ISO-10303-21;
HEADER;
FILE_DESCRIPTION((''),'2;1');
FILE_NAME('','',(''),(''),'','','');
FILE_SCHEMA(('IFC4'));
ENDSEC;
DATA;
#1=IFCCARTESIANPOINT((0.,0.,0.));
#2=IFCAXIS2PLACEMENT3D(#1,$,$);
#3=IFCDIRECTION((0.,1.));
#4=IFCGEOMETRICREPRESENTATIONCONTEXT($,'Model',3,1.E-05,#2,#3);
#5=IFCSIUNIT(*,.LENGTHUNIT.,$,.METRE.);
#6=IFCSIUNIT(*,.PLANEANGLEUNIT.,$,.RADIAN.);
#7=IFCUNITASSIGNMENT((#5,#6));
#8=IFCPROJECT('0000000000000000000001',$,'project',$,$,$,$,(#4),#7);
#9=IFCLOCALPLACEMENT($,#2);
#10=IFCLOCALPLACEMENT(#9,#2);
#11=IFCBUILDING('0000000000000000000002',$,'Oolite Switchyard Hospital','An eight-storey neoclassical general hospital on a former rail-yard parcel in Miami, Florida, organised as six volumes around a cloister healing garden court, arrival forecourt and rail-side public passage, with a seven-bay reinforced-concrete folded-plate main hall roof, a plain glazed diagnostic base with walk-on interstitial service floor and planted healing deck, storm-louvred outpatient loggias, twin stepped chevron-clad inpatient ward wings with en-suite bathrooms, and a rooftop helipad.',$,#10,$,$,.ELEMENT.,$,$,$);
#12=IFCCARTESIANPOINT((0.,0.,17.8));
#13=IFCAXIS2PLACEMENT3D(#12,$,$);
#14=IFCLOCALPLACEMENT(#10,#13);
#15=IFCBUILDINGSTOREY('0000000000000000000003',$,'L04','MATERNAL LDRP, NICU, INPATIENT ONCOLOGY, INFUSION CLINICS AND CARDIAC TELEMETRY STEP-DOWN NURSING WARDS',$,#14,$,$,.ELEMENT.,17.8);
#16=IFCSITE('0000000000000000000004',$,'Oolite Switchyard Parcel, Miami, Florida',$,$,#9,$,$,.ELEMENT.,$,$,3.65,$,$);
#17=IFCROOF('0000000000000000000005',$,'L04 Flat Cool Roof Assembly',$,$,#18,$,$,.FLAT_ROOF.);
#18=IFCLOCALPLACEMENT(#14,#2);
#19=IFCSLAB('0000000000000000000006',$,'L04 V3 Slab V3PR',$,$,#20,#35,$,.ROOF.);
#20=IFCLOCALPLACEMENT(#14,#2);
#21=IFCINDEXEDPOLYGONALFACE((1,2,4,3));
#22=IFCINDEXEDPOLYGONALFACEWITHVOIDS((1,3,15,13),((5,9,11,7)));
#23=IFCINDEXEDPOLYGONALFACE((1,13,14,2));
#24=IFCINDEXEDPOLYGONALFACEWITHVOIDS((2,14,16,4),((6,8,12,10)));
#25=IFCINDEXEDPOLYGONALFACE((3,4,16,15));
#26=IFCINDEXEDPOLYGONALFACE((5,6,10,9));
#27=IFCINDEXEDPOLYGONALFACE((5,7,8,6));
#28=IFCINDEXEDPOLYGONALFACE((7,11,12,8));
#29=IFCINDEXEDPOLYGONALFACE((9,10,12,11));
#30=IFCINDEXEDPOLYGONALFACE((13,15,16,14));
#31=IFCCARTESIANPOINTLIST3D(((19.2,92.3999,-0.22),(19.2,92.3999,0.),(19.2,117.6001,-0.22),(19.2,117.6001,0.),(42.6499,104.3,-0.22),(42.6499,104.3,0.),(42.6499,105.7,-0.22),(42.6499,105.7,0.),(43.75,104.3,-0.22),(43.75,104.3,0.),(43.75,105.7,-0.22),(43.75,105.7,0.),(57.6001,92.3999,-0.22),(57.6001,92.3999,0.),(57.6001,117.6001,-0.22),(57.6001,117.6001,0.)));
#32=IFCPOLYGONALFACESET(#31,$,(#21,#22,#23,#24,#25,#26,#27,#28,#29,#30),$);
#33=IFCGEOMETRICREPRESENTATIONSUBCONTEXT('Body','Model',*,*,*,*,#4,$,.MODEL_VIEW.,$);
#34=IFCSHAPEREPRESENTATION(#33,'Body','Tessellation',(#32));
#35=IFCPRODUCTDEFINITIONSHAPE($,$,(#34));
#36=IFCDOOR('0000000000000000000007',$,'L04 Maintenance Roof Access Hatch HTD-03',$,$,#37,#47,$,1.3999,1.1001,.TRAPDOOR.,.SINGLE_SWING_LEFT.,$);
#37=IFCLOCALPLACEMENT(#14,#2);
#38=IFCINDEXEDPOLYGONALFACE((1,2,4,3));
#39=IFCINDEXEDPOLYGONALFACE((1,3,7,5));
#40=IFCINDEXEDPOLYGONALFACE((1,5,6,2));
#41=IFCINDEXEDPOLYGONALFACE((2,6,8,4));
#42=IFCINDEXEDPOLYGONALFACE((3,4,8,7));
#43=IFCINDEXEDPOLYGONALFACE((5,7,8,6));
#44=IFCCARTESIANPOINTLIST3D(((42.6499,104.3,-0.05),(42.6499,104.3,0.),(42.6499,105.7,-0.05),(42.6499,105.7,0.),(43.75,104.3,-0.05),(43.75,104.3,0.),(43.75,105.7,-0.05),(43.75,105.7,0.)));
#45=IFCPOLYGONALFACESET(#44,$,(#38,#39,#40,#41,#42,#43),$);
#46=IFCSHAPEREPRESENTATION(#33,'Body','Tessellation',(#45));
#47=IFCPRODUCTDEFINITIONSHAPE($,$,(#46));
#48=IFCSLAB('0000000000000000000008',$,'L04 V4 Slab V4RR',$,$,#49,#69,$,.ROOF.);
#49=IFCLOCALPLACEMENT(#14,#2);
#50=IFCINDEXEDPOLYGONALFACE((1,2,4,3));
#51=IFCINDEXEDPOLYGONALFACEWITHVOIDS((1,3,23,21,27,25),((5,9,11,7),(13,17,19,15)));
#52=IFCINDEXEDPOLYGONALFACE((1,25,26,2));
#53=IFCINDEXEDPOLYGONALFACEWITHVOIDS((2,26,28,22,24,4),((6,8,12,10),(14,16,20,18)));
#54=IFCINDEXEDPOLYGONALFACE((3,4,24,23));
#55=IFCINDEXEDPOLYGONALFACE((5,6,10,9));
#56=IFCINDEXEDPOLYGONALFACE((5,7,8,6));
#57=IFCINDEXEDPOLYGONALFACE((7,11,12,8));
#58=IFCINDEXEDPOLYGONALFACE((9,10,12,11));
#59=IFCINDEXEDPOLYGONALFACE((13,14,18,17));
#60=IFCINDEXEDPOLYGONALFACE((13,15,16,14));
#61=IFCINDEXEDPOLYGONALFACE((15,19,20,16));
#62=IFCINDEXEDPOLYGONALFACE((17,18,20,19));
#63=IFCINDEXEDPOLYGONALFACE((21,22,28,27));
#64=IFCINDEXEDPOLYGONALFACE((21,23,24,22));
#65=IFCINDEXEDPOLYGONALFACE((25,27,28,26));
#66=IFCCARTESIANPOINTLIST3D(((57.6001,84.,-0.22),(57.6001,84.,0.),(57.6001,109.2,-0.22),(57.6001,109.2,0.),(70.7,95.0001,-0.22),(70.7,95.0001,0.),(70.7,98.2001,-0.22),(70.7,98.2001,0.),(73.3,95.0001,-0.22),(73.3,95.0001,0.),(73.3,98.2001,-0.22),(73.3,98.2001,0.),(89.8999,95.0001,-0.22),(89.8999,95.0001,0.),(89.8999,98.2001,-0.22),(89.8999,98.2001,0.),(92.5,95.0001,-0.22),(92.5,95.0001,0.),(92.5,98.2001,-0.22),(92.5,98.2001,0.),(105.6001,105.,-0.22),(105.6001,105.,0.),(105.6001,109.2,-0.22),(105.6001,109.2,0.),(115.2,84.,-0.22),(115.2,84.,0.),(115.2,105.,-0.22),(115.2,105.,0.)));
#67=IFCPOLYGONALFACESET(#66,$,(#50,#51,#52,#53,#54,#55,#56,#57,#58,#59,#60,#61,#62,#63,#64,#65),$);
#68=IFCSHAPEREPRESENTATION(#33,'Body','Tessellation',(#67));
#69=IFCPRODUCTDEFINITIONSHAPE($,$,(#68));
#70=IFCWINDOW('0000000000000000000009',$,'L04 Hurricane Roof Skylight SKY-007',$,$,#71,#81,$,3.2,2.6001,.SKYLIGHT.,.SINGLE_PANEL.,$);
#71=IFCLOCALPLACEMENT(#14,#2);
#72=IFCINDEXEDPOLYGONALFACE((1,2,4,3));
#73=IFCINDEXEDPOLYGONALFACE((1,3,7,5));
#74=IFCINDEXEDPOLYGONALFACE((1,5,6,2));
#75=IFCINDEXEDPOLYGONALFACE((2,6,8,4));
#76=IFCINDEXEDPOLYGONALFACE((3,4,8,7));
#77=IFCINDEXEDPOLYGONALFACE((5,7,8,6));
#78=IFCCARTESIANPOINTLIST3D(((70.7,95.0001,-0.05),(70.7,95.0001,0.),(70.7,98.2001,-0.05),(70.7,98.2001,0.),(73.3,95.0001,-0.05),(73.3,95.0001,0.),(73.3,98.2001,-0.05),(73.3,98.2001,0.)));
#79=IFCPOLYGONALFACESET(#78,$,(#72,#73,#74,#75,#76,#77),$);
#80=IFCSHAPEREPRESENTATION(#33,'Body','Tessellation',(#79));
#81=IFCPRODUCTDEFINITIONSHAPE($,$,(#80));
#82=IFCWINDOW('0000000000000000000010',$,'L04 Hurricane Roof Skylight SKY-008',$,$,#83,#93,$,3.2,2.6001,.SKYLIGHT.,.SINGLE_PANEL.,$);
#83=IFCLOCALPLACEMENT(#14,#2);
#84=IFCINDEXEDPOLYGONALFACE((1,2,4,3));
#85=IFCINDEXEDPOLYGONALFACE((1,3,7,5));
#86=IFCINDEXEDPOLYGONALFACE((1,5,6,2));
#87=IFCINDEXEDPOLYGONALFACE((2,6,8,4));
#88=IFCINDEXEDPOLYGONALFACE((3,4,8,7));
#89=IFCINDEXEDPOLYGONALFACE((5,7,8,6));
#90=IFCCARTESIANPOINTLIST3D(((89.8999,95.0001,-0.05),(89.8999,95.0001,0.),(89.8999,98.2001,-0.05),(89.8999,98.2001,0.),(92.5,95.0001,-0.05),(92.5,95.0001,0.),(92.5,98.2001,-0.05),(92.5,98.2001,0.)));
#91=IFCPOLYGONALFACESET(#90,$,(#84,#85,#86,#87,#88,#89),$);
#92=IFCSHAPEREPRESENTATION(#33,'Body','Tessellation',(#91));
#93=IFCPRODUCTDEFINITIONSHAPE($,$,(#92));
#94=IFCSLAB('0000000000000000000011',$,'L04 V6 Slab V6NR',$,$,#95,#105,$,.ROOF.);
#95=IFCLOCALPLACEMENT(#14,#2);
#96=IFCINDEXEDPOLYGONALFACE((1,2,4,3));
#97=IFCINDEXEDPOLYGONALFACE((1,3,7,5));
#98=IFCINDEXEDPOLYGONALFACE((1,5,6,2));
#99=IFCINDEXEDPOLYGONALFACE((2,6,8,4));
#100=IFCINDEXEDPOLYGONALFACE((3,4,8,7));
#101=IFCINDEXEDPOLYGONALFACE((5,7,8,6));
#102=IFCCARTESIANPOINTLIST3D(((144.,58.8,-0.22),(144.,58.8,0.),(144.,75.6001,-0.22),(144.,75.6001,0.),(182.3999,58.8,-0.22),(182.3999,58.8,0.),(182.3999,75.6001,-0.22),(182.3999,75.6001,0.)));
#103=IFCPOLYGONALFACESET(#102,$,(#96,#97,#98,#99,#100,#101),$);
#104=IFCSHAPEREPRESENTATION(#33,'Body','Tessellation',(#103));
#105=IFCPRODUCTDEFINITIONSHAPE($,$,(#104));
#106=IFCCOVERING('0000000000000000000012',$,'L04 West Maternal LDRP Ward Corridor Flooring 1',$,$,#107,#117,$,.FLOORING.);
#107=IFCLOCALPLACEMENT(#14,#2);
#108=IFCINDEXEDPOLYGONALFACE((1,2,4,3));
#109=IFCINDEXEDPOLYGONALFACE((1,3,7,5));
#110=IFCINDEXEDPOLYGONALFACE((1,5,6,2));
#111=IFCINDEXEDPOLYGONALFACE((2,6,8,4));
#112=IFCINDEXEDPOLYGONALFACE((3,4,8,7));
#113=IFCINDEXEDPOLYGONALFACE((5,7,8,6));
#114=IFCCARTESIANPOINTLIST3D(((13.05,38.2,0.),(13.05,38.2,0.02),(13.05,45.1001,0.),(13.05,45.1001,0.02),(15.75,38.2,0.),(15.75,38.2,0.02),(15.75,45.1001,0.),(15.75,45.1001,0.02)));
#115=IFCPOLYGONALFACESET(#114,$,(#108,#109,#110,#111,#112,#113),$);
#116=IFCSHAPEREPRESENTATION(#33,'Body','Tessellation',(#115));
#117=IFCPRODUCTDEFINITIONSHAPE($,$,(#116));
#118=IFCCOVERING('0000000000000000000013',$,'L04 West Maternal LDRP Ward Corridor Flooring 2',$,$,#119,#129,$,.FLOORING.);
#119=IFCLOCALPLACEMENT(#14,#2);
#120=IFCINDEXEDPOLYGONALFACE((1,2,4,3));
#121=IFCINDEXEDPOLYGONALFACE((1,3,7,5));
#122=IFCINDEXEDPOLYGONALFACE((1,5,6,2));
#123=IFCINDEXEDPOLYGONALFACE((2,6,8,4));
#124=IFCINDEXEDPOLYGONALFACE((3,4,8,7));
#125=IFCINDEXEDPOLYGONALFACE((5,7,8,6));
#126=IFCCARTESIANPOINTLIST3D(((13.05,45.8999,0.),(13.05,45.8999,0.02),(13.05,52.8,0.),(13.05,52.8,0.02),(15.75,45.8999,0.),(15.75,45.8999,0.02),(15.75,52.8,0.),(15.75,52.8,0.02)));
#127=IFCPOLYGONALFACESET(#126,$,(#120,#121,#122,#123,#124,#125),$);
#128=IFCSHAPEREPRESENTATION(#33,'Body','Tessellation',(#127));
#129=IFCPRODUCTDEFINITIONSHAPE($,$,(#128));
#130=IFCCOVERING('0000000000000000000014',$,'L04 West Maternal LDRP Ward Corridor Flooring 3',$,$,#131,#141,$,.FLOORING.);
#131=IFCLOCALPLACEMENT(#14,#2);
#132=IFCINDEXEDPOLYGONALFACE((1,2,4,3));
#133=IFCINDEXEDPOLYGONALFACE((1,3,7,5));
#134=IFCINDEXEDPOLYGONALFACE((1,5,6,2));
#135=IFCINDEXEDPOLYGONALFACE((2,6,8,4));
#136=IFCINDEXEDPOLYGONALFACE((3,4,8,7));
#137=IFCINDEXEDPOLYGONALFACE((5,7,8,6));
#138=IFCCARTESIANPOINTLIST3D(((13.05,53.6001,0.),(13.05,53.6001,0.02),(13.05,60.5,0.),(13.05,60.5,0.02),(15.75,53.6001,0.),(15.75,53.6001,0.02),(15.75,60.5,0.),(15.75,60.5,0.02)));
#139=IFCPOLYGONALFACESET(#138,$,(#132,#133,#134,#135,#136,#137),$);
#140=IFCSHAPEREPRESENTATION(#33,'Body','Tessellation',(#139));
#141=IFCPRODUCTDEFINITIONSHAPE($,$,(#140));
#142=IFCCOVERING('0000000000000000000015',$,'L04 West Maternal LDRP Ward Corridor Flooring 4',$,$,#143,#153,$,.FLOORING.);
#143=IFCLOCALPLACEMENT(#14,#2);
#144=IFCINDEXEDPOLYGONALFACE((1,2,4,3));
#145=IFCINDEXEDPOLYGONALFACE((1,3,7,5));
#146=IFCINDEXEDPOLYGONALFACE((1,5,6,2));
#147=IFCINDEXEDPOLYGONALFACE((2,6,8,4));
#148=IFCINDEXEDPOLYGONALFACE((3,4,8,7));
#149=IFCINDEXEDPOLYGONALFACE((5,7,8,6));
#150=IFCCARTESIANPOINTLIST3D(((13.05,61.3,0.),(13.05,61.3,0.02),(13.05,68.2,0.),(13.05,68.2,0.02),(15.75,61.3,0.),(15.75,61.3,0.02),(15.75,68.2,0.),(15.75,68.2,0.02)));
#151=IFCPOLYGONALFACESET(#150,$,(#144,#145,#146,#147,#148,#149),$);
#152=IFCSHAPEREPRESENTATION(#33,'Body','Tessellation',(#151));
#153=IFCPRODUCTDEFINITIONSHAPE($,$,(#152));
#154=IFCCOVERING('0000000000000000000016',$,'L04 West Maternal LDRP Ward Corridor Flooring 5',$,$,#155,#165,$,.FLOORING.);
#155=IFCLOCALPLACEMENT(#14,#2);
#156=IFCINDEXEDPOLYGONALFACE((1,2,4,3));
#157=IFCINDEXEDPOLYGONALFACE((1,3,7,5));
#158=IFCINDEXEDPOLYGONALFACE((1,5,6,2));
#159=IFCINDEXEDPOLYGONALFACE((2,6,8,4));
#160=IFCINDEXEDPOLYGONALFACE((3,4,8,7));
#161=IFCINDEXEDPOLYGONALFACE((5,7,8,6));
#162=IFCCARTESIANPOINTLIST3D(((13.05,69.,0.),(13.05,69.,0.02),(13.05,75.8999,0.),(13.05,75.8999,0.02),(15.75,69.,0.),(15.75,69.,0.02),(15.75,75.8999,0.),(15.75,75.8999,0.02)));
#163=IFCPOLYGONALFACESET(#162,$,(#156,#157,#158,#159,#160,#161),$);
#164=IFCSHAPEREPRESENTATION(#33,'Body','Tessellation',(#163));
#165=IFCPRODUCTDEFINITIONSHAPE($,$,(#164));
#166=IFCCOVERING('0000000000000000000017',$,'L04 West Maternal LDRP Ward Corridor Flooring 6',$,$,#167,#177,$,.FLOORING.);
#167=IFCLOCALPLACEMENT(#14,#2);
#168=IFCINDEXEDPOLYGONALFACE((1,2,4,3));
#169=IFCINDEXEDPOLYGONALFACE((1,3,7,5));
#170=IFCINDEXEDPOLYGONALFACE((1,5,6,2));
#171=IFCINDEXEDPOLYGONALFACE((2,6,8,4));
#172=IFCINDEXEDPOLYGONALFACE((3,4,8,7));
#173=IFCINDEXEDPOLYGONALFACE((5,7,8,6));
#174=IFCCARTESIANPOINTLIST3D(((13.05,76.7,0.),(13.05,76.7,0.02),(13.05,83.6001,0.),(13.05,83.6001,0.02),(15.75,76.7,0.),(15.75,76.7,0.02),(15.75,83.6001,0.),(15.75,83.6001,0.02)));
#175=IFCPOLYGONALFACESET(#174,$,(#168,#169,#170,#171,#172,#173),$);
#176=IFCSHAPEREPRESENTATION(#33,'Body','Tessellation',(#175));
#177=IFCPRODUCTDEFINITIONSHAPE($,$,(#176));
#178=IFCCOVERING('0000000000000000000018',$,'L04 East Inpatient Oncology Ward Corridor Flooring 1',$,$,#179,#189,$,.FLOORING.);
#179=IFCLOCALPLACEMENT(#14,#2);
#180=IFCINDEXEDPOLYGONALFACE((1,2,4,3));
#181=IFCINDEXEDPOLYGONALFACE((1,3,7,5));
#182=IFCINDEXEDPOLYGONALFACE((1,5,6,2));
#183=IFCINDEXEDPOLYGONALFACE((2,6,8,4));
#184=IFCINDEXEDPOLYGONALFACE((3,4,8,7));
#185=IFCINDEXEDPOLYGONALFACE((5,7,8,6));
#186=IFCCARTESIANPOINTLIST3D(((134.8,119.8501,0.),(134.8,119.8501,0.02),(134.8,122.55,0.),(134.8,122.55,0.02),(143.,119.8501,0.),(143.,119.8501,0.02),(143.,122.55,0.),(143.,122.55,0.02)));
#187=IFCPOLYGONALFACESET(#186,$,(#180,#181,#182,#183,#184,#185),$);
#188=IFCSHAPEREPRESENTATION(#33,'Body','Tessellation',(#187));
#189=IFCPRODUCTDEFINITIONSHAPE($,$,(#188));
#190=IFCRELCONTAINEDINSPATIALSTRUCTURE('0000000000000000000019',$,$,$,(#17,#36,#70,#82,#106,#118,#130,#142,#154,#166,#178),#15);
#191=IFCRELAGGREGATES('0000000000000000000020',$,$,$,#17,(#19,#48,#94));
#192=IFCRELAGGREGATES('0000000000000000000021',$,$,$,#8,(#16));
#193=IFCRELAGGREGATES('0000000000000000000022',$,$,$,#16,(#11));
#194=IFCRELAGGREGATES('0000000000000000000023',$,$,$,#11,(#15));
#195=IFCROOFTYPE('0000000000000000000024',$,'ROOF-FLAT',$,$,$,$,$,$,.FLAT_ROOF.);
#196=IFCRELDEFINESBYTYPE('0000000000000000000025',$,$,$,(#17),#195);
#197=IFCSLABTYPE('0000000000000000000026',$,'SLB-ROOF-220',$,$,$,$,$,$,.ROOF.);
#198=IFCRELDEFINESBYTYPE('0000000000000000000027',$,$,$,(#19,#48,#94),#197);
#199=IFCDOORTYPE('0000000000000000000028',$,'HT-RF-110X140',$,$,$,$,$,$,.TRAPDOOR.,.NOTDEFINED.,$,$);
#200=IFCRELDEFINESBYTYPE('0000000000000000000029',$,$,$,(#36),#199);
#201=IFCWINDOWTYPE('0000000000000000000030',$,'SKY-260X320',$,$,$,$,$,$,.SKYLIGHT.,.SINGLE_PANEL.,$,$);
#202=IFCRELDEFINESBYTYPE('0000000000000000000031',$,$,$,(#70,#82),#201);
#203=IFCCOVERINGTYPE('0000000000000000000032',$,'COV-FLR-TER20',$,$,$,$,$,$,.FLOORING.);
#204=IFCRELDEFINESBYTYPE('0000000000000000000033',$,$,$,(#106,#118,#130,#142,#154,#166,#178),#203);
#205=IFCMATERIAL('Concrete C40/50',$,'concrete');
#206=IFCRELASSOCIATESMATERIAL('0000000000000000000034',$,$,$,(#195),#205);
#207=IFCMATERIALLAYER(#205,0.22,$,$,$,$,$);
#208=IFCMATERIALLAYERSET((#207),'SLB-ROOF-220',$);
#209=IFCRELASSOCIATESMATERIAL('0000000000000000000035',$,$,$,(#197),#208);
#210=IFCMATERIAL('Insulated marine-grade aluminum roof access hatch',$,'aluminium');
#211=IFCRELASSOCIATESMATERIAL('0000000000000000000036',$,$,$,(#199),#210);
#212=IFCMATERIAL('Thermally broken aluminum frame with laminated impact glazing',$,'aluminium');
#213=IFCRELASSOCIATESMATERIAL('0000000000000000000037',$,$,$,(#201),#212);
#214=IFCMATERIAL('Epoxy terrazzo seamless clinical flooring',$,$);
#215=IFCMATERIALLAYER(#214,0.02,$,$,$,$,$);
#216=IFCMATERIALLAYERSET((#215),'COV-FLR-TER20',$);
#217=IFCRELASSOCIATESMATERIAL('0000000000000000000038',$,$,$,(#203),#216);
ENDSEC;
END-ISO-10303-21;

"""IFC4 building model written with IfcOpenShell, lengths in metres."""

from ifc_helpers import new_model, si_unit, direction, frame, origin, origin_2d, place, context, subcontext, project, spatial, polyline, rectangle, outline, extrude, material, layer, layer_set, type_object, element, fill, aggregate, save


model = new_model("IFC4")

# Units and contexts
model_context = context("Model", 3, precision=1e-05, world=origin(), true_north=direction((0.0, 1.0)))
body_context = subcontext(model_context, "Body", "Model", "MODEL_VIEW")
ifc_project = project(units=[si_unit("LENGTHUNIT", "METRE"), si_unit("PLANEANGLEUNIT", "RADIAN")], contexts=[model_context])

# Site, building, storey
site_placement = place(None, origin())
site = spatial("IfcSite", under=ifc_project, at=site_placement, Name="Oolite Switchyard Parcel, Miami, Florida", CompositionType="ELEMENT", RefElevation=3.65)
building_placement = place(site_placement, origin())
building = spatial("IfcBuilding", under=site, at=building_placement, Name="Oolite Switchyard Hospital", Description="An eight-storey neoclassical general hospital on a former rail-yard parcel in Miami, Florida, organised as six volumes around a cloister healing garden court, arrival forecourt and rail-side public passage, with a seven-bay reinforced-concrete folded-plate main hall roof, a plain glazed diagnostic base with walk-on interstitial service floor and planted healing deck, storm-louvred outpatient loggias, twin stepped chevron-clad inpatient ward wings with en-suite bathrooms, and a rooftop helipad.", CompositionType="ELEMENT")
storey_placement = place(building_placement, frame((0.0, 0.0, 17.8)))
storey = spatial("IfcBuildingStorey", under=building, at=storey_placement, Name="L04", Description="MATERNAL LDRP, NICU, INPATIENT ONCOLOGY, INFUSION CLINICS AND CARDIAC TELEMETRY STEP-DOWN NURSING WARDS", CompositionType="ELEMENT", Elevation=17.8)

# Shared definitions
ifc_material_1 = material(Name="Concrete C40/50", Category="concrete")

# Roof, slabs, openings, door, windows
roof_type = type_object("IfcRoofType", Name="ROOF-FLAT", PredefinedType="FLAT_ROOF", material=ifc_material_1)
roof_placement = place(storey_placement, origin())
roof = element("IfcRoof", 1, at=roof_placement, inside=storey, type_object=roof_type, Name="L04 Flat Cool Roof Assembly", PredefinedType="FLAT_ROOF")
ifc_layer_1 = layer(ifc_material_1, 0.22)
ifc_layer_set_1 = layer_set([ifc_layer_1], Name="SLB-ROOF-220")
slab_type_1 = type_object("IfcSlabType", Name="SLB-ROOF-220", PredefinedType="ROOF", material=ifc_layer_set_1)
slab_1_placement = place(storey_placement, frame((0.0, 0.0, -0.22)))
slab_1 = element("IfcSlab", 2, at=slab_1_placement, type_object=slab_type_1, Name="L04 V3 Slab V3PR", PredefinedType="ROOF", context=body_context, shape_type="SweptSolid", body=[
    extrude(outline(polyline([(19.2, 92.3999), (57.6001, 92.3999), (57.6001, 117.6001), (19.2, 117.6001), (19.2, 92.3999)])), origin(), (0.0, 0.0, 1.0), 0.22),
])
opening_1_placement = place(slab_1_placement, frame((43.2, 105.0, 0.0)))
opening_1 = element("IfcOpeningElement", 3, at=opening_1_placement, cuts=slab_1, PredefinedType="OPENING", context=body_context, shape_type="SweptSolid", body=[
    extrude(rectangle(XDim=1.1001, YDim=1.3999, at=origin_2d()), frame((0.0, 0.0, -0.01), z_axis=(0.0, 0.0, 1.0), x_axis=(1.0, 0.0, 0.0)), (0.0, 0.0, 1.0), 0.24),
])
ifc_material_2 = material(Name="Insulated marine-grade aluminum roof access hatch", Category="aluminium")
door_type = type_object("IfcDoorType", Name="HT-RF-110X140", OperationType="NOTDEFINED", PredefinedType="TRAPDOOR", material=ifc_material_2)
door_placement = place(opening_1_placement, frame((0.0, 0.0, 0.1699)))
door = element("IfcDoor", 4, at=door_placement, inside=storey, type_object=door_type, Name="L04 Maintenance Roof Access Hatch HTD-03", OperationType="SINGLE_SWING_LEFT", OverallHeight=1.3999, OverallWidth=1.1001, PredefinedType="TRAPDOOR", context=body_context, shape_type="SweptSolid", body=[
    extrude(rectangle(XDim=1.1001, YDim=1.3999, at=origin_2d()), origin(), (0.0, 0.0, 1.0), 0.05),
])
fill(opening_1, door)
slab_2_placement = place(storey_placement, frame((0.0, 0.0, -0.22)))
slab_2 = element("IfcSlab", 5, at=slab_2_placement, type_object=slab_type_1, Name="L04 V4 Slab V4RR", PredefinedType="ROOF", context=body_context, shape_type="SweptSolid", body=[
    extrude(outline(polyline([(57.6001, 84.0), (115.2, 84.0), (115.2, 105.0), (105.6001, 105.0), (105.6001, 109.2), (57.6001, 109.2), (57.6001, 84.0)])), origin(), (0.0, 0.0, 1.0), 0.22),
])
opening_2_placement = place(slab_2_placement, frame((72.0, 96.6001, 0.0)))
opening_2 = element("IfcOpeningElement", 6, at=opening_2_placement, cuts=slab_2, PredefinedType="OPENING", context=body_context, shape_type="SweptSolid", body=[
    extrude(rectangle(XDim=2.6001, YDim=3.2, at=origin_2d()), frame((0.0, 0.0, -0.01), z_axis=(0.0, 0.0, 1.0), x_axis=(1.0, 0.0, 0.0)), (0.0, 0.0, 1.0), 0.24),
])
opening_3_placement = place(slab_2_placement, frame((91.2, 96.6001, 0.0)))
opening_3 = element("IfcOpeningElement", 7, at=opening_3_placement, cuts=slab_2, PredefinedType="OPENING", context=body_context, shape_type="SweptSolid", body=[
    extrude(rectangle(XDim=2.6001, YDim=3.2, at=origin_2d()), frame((0.0, 0.0, -0.01), z_axis=(0.0, 0.0, 1.0), x_axis=(1.0, 0.0, 0.0)), (0.0, 0.0, 1.0), 0.24),
])
ifc_material_3 = material(Name="Thermally broken aluminum frame with laminated impact glazing", Category="aluminium")
window_type = type_object("IfcWindowType", Name="SKY-260X320", PartitioningType="SINGLE_PANEL", PredefinedType="SKYLIGHT", material=ifc_material_3)
window_1_placement = place(opening_2_placement, frame((0.0, 0.0, 0.1699)))
window_1 = element("IfcWindow", 8, at=window_1_placement, inside=storey, type_object=window_type, Name="L04 Hurricane Roof Skylight SKY-007", OverallHeight=3.2, OverallWidth=2.6001, PartitioningType="SINGLE_PANEL", PredefinedType="SKYLIGHT", context=body_context, shape_type="SweptSolid", body=[
    extrude(rectangle(XDim=2.6001, YDim=3.2, at=origin_2d()), origin(), (0.0, 0.0, 1.0), 0.05),
])
fill(opening_2, window_1)
window_2_placement = place(opening_3_placement, frame((0.0, 0.0, 0.1699)))
window_2 = element("IfcWindow", 9, at=window_2_placement, inside=storey, type_object=window_type, Name="L04 Hurricane Roof Skylight SKY-008", OverallHeight=3.2, OverallWidth=2.6001, PartitioningType="SINGLE_PANEL", PredefinedType="SKYLIGHT", context=body_context, shape_type="SweptSolid", body=[
    extrude(rectangle(XDim=2.6001, YDim=3.2, at=origin_2d()), origin(), (0.0, 0.0, 1.0), 0.05),
])
fill(opening_3, window_2)
slab_3_placement = place(storey_placement, frame((0.0, 0.0, -0.22)))
slab_3 = element("IfcSlab", 10, at=slab_3_placement, type_object=slab_type_1, Name="L04 V6 Slab V6NR", PredefinedType="ROOF", context=body_context, shape_type="SweptSolid", body=[
    extrude(outline(polyline([(144.0, 58.8), (182.3999, 58.8), (182.3999, 75.6001), (144.0, 75.6001), (144.0, 58.8)])), origin(), (0.0, 0.0, 1.0), 0.22),
])
aggregate(roof, [slab_1, slab_2, slab_3])

# Coverings
ifc_material_4 = material(Name="Epoxy terrazzo seamless clinical flooring")
ifc_layer_2 = layer(ifc_material_4, 0.02)
ifc_layer_set_2 = layer_set([ifc_layer_2], Name="COV-FLR-TER20")
covering_type = type_object("IfcCoveringType", Name="COV-FLR-TER20", PredefinedType="FLOORING", material=ifc_layer_set_2)
covering_1_placement = place(storey_placement, origin())
element("IfcCovering", 11, at=covering_1_placement, inside=storey, type_object=covering_type, Name="L04 West Maternal LDRP Ward Corridor Flooring 1", PredefinedType="FLOORING", context=body_context, shape_type="SweptSolid", body=[
    extrude(outline(polyline([(13.05, 38.2), (15.75, 38.2), (15.75, 45.1001), (13.05, 45.1001), (13.05, 38.2)])), origin(), (0.0, 0.0, 1.0), 0.02),
])
covering_2_placement = place(storey_placement, origin())
element("IfcCovering", 12, at=covering_2_placement, inside=storey, type_object=covering_type, Name="L04 West Maternal LDRP Ward Corridor Flooring 2", PredefinedType="FLOORING", context=body_context, shape_type="SweptSolid", body=[
    extrude(outline(polyline([(13.05, 45.8999), (15.75, 45.8999), (15.75, 52.8), (13.05, 52.8), (13.05, 45.8999)])), origin(), (0.0, 0.0, 1.0), 0.02),
])
covering_3_placement = place(storey_placement, origin())
element("IfcCovering", 13, at=covering_3_placement, inside=storey, type_object=covering_type, Name="L04 West Maternal LDRP Ward Corridor Flooring 3", PredefinedType="FLOORING", context=body_context, shape_type="SweptSolid", body=[
    extrude(outline(polyline([(13.05, 53.6001), (15.75, 53.6001), (15.75, 60.5), (13.05, 60.5), (13.05, 53.6001)])), origin(), (0.0, 0.0, 1.0), 0.02),
])
covering_4_placement = place(storey_placement, origin())
element("IfcCovering", 14, at=covering_4_placement, inside=storey, type_object=covering_type, Name="L04 West Maternal LDRP Ward Corridor Flooring 4", PredefinedType="FLOORING", context=body_context, shape_type="SweptSolid", body=[
    extrude(outline(polyline([(13.05, 61.3), (15.75, 61.3), (15.75, 68.2), (13.05, 68.2), (13.05, 61.3)])), origin(), (0.0, 0.0, 1.0), 0.02),
])
covering_5_placement = place(storey_placement, origin())
element("IfcCovering", 15, at=covering_5_placement, inside=storey, type_object=covering_type, Name="L04 West Maternal LDRP Ward Corridor Flooring 5", PredefinedType="FLOORING", context=body_context, shape_type="SweptSolid", body=[
    extrude(outline(polyline([(13.05, 69.0), (15.75, 69.0), (15.75, 75.8999), (13.05, 75.8999), (13.05, 69.0)])), origin(), (0.0, 0.0, 1.0), 0.02),
])
covering_6_placement = place(storey_placement, origin())
element("IfcCovering", 16, at=covering_6_placement, inside=storey, type_object=covering_type, Name="L04 West Maternal LDRP Ward Corridor Flooring 6", PredefinedType="FLOORING", context=body_context, shape_type="SweptSolid", body=[
    extrude(outline(polyline([(13.05, 76.7), (15.75, 76.7), (15.75, 83.6001), (13.05, 83.6001), (13.05, 76.7)])), origin(), (0.0, 0.0, 1.0), 0.02),
])
covering_7_placement = place(storey_placement, origin())
element("IfcCovering", 17, at=covering_7_placement, inside=storey, type_object=covering_type, Name="L04 East Inpatient Oncology Ward Corridor Flooring 1", PredefinedType="FLOORING", context=body_context, shape_type="SweptSolid", body=[
    extrude(outline(polyline([(134.8, 119.8501), (143.0, 119.8501), (143.0, 122.55), (134.8, 122.55), (134.8, 119.8501)])), origin(), (0.0, 0.0, 1.0), 0.02),
])

save(model, "model.ifc")
